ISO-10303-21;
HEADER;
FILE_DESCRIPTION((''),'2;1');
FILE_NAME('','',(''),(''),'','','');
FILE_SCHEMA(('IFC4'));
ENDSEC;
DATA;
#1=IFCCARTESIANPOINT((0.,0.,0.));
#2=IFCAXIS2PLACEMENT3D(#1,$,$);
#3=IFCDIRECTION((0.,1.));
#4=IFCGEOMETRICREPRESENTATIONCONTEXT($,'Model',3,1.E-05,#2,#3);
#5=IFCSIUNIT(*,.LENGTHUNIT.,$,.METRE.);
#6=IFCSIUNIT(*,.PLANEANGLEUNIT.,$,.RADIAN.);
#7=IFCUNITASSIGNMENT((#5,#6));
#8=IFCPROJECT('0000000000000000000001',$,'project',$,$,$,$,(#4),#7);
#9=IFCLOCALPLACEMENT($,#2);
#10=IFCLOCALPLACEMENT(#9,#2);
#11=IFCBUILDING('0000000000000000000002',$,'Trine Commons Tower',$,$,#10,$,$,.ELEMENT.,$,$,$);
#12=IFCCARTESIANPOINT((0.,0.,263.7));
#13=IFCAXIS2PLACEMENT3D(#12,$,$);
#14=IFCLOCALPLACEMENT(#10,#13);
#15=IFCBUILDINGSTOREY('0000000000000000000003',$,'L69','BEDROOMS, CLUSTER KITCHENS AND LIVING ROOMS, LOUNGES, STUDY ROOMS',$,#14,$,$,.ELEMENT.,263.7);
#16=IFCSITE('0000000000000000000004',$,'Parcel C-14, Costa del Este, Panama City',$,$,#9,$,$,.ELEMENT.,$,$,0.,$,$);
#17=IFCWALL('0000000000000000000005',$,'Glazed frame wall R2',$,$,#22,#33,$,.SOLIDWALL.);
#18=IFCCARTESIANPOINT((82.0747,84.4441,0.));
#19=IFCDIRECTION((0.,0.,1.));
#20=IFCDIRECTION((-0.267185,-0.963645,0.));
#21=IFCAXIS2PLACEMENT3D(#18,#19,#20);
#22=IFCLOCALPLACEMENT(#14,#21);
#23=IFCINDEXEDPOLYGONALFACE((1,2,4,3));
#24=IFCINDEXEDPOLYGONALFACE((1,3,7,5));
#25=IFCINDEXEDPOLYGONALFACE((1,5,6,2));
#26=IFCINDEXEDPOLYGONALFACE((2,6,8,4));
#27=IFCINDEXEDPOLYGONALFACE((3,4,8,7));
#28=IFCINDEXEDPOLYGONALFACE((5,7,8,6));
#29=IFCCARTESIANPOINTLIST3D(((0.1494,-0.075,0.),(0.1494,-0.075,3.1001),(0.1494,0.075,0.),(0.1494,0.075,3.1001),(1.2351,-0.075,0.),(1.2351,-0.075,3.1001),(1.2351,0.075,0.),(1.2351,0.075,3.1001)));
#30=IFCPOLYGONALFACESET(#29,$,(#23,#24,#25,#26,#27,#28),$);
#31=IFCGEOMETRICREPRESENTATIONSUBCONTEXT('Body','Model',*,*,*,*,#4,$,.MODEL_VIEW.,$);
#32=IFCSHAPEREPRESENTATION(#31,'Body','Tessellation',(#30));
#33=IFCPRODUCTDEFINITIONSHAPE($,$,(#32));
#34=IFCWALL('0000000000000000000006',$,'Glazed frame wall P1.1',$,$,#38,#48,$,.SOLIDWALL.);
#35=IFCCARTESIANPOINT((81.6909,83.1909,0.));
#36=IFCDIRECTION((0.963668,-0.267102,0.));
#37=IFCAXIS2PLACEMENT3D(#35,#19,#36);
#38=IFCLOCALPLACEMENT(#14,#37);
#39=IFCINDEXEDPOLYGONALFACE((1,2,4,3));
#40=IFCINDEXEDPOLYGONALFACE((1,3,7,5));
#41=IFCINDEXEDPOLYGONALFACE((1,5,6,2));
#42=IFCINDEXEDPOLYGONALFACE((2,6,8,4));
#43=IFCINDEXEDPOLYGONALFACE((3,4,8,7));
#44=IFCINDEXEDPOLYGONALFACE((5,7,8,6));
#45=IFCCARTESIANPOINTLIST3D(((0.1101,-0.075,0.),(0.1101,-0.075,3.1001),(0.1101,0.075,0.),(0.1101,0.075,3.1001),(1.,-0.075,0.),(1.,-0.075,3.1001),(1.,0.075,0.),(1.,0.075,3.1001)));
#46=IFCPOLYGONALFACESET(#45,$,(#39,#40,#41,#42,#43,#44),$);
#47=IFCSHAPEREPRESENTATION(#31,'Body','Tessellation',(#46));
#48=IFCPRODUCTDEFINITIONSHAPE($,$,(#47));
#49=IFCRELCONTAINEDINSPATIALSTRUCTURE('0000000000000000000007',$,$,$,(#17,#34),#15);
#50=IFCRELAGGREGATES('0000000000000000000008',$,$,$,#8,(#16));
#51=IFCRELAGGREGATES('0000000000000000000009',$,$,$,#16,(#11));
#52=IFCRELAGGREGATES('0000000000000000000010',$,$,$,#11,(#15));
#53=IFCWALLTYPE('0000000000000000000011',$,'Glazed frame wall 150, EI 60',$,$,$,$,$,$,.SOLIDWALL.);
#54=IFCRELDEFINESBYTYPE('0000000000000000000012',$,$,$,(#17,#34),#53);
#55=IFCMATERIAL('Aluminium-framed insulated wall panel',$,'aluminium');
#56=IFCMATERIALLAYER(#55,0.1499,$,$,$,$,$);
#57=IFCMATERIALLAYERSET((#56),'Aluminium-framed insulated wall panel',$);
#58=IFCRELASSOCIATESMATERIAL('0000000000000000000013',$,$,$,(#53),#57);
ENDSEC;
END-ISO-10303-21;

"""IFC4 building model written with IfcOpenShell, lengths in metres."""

from ifc_helpers import new_model, si_unit, direction, frame, origin, place, context, subcontext, project, spatial, polyline, outline, extrude, material, layer, layer_set, type_object, element, save


model = new_model("IFC4")

# Units and contexts
model_context = context("Model", 3, precision=1e-05, world=origin(), true_north=direction((0.0, 1.0)))
body_context = subcontext(model_context, "Body", "Model", "MODEL_VIEW")
ifc_project = project(units=[si_unit("LENGTHUNIT", "METRE"), si_unit("PLANEANGLEUNIT", "RADIAN")], contexts=[model_context])

# Site, building, storey
site_placement = place(None, origin())
site = spatial("IfcSite", under=ifc_project, at=site_placement, Name="Parcel C-14, Costa del Este, Panama City", CompositionType="ELEMENT", RefElevation=0.0)
building_placement = place(site_placement, origin())
building = spatial("IfcBuilding", under=site, at=building_placement, Name="Trine Commons Tower", CompositionType="ELEMENT")
storey_placement = place(building_placement, frame((0.0, 0.0, 263.7)))
storey = spatial("IfcBuildingStorey", under=building, at=storey_placement, Name="L69", Description="BEDROOMS, CLUSTER KITCHENS AND LIVING ROOMS, LOUNGES, STUDY ROOMS", CompositionType="ELEMENT", Elevation=263.7)

# Walls
ifc_material_1 = material(Name="Aluminium-framed insulated wall panel", Category="aluminium")
ifc_layer_1 = layer(ifc_material_1, 0.1499)
ifc_layer_set_1 = layer_set([ifc_layer_1], Name="Aluminium-framed insulated wall panel")
wall_type_1 = type_object("IfcWallType", Name="Glazed frame wall 150, EI 60", PredefinedType="SOLIDWALL", material=ifc_layer_set_1)
wall_1_placement = place(storey_placement, frame((82.0747, 84.4441, 0.0), z_axis=(0.0, 0.0, 1.0), x_axis=(-0.267185, -0.963645, 0.0)))
element("IfcWall", 1, at=wall_1_placement, inside=storey, type_object=wall_type_1, Name="Glazed frame wall R2", PredefinedType="SOLIDWALL", context=body_context, shape_type="SweptSolid", body=[
    extrude(outline(polyline([(0.1494, 0.075), (0.1494, -0.075), (1.2351, -0.075), (1.2351, 0.075), (0.1494, 0.075)])), origin(), (0.0, 0.0, 1.0), 3.1001),
])
wall_2_placement = place(storey_placement, frame((81.6909, 83.1909, 0.0), z_axis=(0.0, 0.0, 1.0), x_axis=(0.963668, -0.267102, 0.0)))
element("IfcWall", 2, at=wall_2_placement, inside=storey, type_object=wall_type_1, Name="Glazed frame wall P1.1", PredefinedType="SOLIDWALL", context=body_context, shape_type="SweptSolid", body=[
    extrude(outline(polyline([(0.1101, -0.075), (1.0, -0.075), (1.0, 0.075), (0.1101, 0.075), (0.1101, -0.075)])), origin(), (0.0, 0.0, 1.0), 3.1001),
])

save(model, "model.ifc")
